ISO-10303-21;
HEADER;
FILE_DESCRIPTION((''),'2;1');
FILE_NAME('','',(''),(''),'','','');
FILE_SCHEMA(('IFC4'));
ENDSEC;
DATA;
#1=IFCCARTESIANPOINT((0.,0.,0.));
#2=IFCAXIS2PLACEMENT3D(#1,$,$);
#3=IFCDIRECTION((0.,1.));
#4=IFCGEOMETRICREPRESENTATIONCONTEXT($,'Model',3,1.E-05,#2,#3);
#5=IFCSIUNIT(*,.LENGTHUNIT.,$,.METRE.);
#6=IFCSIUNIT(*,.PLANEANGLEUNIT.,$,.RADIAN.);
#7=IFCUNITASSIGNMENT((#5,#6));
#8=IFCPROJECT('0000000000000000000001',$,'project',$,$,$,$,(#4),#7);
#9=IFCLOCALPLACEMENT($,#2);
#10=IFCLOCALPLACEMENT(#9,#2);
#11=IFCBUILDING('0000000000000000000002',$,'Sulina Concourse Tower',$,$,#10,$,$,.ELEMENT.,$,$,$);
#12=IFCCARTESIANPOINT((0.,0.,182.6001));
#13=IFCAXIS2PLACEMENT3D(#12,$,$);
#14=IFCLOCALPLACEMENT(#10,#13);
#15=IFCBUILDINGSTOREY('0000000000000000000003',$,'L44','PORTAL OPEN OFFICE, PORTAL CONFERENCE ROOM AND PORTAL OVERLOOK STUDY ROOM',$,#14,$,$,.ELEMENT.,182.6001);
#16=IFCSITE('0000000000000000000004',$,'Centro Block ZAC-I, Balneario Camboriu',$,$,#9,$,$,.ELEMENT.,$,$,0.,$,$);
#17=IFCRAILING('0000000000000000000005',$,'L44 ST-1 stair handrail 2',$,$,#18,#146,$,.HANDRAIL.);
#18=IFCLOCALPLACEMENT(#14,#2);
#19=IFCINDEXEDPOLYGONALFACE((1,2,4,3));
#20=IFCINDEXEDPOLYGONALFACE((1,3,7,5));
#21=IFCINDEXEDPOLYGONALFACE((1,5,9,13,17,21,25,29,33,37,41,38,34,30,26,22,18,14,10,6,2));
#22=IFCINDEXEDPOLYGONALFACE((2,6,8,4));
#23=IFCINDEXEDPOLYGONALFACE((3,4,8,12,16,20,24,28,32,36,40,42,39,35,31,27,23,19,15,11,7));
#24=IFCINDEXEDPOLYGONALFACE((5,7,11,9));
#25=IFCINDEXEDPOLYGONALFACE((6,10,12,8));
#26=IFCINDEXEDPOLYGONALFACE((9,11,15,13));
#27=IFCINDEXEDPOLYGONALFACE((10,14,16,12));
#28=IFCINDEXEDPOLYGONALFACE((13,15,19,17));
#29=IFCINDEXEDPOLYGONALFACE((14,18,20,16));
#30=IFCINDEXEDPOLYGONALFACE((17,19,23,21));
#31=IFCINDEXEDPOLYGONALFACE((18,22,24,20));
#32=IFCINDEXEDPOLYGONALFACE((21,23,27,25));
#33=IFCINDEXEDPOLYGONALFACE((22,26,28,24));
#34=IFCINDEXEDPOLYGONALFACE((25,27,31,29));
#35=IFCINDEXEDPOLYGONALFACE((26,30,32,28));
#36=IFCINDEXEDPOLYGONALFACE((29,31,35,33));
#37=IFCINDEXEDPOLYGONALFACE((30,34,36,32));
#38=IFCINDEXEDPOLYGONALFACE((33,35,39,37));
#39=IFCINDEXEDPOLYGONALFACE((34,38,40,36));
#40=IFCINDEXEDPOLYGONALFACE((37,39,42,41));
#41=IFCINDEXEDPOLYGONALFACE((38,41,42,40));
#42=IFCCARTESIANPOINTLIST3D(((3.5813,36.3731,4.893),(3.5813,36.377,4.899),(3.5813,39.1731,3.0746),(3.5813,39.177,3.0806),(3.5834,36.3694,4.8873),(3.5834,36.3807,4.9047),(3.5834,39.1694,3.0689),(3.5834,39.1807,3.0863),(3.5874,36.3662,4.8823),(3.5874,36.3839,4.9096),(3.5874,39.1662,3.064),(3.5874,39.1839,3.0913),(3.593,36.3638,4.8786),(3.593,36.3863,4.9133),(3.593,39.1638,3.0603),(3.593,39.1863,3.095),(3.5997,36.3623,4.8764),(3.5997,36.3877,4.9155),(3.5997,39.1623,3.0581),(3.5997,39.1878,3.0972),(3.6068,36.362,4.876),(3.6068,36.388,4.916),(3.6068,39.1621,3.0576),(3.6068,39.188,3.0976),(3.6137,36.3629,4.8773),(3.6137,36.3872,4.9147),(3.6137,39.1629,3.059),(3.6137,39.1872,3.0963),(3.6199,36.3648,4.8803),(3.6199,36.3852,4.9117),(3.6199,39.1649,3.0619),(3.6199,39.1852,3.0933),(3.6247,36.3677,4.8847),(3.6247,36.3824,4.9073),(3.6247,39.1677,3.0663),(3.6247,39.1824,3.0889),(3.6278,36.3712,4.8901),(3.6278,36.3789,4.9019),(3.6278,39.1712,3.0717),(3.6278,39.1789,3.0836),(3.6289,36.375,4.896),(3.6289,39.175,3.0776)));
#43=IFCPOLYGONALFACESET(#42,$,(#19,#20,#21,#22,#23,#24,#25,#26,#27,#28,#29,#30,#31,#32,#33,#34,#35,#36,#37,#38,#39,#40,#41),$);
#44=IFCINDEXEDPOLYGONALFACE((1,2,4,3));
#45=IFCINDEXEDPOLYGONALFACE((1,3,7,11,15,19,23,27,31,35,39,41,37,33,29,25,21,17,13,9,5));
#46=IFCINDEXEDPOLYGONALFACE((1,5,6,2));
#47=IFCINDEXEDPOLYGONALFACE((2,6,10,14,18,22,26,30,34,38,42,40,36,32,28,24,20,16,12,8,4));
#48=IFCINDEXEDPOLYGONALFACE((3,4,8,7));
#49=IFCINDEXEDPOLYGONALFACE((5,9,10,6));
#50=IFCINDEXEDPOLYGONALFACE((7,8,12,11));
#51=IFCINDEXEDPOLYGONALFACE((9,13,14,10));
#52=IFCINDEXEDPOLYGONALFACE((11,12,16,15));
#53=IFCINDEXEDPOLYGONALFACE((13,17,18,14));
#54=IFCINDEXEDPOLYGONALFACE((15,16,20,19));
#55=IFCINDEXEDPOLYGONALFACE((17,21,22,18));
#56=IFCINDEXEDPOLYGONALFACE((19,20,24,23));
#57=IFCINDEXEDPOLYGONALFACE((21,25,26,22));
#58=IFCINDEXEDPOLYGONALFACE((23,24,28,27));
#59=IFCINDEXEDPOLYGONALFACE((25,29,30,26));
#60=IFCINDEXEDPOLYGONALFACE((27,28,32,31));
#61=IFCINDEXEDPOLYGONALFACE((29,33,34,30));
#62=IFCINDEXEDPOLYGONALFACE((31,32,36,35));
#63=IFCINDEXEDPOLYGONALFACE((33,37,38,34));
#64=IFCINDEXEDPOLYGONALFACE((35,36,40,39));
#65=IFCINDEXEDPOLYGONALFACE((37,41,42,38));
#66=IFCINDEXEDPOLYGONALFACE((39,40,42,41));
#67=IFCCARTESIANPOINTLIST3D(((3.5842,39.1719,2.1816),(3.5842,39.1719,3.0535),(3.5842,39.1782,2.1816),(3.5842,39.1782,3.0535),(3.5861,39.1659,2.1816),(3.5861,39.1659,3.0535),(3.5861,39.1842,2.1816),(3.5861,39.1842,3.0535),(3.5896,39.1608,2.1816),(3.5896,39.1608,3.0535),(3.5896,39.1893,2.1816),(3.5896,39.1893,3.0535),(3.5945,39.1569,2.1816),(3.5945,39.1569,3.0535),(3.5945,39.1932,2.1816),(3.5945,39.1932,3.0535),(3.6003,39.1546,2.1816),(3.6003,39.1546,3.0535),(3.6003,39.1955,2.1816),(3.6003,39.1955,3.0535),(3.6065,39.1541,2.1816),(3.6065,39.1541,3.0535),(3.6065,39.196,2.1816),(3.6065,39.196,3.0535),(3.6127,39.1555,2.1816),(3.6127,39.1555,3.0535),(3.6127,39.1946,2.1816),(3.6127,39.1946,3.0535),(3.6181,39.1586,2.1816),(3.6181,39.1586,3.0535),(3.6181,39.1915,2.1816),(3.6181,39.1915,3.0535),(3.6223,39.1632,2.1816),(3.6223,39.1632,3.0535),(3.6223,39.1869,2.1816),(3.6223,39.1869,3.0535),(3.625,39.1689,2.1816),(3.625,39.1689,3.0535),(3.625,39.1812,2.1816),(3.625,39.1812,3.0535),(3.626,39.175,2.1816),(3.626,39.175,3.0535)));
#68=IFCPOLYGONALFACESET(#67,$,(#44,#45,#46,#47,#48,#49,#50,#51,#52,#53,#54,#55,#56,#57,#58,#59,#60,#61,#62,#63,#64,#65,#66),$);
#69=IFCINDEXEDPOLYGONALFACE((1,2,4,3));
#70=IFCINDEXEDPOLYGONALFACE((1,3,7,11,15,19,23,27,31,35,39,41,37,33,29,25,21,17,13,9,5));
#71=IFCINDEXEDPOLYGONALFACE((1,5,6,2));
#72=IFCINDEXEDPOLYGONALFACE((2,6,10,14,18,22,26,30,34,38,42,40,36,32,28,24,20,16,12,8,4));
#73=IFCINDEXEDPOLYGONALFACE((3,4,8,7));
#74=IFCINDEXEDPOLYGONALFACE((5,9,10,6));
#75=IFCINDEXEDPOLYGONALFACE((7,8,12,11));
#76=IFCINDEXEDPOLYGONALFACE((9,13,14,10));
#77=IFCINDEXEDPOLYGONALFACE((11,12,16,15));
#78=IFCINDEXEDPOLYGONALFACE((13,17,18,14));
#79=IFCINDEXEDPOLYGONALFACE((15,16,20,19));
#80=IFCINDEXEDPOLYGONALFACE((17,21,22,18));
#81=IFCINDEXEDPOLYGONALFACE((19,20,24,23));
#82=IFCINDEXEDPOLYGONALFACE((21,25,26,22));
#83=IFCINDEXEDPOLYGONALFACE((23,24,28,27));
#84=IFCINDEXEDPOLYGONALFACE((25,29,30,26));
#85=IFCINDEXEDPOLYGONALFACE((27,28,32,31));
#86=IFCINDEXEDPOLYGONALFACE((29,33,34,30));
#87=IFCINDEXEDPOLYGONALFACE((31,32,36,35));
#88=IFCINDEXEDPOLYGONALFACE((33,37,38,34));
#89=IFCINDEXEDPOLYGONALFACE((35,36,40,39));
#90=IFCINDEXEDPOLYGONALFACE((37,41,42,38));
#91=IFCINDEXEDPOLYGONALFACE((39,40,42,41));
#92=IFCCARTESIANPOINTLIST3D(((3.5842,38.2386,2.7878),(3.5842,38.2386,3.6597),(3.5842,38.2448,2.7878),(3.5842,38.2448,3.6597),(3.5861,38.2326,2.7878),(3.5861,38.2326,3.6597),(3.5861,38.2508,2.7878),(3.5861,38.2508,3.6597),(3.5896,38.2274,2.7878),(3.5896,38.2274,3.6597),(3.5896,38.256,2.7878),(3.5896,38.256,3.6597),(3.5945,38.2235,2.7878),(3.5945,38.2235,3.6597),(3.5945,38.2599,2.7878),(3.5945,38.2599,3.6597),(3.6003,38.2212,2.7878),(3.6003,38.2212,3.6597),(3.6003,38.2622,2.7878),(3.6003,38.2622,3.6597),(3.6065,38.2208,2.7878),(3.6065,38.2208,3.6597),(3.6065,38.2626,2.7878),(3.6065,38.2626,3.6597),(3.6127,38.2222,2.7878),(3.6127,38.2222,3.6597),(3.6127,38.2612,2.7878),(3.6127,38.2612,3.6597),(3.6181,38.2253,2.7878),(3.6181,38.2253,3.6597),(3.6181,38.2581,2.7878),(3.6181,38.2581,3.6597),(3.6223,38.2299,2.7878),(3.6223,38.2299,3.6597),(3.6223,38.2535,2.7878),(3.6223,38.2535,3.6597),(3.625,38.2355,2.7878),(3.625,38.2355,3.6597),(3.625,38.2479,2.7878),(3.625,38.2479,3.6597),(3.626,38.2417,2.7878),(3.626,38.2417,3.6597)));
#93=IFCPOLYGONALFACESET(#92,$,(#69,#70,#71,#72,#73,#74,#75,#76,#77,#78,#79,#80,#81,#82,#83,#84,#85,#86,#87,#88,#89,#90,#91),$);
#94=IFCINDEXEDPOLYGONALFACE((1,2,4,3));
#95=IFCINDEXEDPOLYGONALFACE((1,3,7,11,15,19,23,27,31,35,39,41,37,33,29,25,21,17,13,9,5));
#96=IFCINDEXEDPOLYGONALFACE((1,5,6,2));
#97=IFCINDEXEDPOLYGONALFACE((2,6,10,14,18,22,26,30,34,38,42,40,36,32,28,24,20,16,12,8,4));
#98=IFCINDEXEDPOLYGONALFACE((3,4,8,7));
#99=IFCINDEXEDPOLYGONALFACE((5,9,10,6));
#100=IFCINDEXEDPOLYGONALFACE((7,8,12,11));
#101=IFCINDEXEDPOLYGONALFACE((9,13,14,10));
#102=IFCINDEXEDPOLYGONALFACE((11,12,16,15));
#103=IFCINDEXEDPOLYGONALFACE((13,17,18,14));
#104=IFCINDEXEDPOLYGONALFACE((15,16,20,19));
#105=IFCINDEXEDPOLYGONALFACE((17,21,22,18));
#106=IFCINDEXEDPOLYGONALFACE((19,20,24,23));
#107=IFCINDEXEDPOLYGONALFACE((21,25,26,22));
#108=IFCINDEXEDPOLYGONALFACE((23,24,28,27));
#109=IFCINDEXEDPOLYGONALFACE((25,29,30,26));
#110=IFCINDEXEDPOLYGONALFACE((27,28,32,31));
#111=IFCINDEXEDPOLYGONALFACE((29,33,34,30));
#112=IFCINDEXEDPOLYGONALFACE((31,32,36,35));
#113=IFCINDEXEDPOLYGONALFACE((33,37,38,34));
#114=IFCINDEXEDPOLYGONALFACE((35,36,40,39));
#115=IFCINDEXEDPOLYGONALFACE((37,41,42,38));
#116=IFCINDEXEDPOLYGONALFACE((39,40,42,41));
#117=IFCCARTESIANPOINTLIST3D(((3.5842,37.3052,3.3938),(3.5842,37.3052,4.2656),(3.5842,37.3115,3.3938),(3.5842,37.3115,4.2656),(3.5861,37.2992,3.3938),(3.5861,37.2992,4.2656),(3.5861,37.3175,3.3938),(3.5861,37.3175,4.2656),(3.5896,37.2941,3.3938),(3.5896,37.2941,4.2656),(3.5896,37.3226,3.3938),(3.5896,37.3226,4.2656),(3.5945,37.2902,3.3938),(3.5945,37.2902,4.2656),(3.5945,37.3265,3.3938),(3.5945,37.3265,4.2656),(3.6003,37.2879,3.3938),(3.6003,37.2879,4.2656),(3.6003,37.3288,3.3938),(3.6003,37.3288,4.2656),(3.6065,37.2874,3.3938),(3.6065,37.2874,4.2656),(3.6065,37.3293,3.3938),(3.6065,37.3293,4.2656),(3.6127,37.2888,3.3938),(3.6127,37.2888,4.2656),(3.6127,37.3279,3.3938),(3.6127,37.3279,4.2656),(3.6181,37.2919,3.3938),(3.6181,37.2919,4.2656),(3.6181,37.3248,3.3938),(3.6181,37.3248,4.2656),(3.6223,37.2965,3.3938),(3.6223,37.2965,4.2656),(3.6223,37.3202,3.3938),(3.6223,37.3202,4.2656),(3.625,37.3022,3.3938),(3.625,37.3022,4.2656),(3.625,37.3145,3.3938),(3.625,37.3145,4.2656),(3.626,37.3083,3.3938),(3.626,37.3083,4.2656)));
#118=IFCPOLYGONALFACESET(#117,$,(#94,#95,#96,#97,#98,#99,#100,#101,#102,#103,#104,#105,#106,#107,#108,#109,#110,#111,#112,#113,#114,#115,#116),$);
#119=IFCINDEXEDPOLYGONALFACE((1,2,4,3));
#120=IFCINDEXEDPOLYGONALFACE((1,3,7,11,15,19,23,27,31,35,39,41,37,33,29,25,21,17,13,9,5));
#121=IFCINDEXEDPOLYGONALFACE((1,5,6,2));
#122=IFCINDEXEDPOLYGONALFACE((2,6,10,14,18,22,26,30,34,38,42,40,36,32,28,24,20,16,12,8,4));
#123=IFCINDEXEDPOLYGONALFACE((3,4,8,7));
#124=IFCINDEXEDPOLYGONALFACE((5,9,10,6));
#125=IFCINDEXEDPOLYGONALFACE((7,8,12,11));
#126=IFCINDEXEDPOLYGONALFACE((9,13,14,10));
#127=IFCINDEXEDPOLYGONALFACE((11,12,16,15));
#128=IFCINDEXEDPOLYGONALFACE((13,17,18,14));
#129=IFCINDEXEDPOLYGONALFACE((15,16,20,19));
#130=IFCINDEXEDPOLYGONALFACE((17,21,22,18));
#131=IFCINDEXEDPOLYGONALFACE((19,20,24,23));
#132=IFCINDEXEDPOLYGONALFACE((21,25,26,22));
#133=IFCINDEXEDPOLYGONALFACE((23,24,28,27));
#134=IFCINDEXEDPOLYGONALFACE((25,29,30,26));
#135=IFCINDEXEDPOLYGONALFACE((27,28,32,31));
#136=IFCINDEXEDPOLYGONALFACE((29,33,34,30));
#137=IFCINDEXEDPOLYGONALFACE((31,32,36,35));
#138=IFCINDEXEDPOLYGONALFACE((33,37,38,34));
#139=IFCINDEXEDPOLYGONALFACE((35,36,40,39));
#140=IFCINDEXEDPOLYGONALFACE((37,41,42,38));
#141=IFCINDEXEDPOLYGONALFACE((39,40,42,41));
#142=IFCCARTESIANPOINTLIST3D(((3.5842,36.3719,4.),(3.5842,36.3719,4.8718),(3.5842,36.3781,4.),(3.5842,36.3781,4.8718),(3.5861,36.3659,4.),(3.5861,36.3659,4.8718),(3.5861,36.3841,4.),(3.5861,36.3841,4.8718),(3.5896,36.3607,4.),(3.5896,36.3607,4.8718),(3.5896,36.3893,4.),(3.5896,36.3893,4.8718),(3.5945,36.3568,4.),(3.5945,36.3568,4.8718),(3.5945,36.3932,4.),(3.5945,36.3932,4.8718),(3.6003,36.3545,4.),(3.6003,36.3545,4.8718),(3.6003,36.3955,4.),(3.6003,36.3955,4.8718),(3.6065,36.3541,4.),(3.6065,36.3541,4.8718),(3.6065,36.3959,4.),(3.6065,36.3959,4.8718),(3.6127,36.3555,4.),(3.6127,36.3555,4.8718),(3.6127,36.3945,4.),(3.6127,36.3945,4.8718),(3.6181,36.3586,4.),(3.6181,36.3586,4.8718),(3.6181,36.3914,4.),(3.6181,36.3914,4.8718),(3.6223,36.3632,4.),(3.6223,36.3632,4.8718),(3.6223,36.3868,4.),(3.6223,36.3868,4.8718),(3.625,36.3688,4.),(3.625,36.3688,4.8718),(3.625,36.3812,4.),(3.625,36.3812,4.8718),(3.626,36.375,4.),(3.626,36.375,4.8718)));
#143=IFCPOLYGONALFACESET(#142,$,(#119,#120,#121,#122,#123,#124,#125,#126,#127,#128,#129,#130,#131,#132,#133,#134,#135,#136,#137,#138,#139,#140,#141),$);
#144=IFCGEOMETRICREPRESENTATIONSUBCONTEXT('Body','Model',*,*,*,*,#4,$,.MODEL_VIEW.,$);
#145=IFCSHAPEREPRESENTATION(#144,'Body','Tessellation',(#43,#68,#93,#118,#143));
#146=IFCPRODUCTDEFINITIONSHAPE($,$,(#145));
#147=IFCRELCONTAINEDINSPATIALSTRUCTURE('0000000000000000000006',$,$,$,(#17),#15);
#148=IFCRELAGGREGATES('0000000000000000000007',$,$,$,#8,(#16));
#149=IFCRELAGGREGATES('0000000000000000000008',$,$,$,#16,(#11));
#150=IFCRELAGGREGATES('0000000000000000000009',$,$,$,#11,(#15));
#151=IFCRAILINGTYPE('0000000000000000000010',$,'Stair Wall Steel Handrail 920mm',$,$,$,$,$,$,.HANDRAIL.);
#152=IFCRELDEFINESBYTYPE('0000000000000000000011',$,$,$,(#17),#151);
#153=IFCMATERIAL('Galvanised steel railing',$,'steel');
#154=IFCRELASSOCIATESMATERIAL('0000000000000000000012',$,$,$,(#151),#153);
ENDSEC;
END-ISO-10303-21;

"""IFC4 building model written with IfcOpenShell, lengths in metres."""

from ifc_helpers import new_model, si_unit, direction, frame, origin, origin_2d, place, context, subcontext, project, spatial, circle, extrude, material, type_object, element, save


model = new_model("IFC4")

# Units and contexts
model_context = context("Model", 3, precision=1e-05, world=origin(), true_north=direction((0.0, 1.0)))
body_context = subcontext(model_context, "Body", "Model", "MODEL_VIEW")
ifc_project = project(units=[si_unit("LENGTHUNIT", "METRE"), si_unit("PLANEANGLEUNIT", "RADIAN")], contexts=[model_context])

# Site, building, storey
site_placement = place(None, origin())
site = spatial("IfcSite", under=ifc_project, at=site_placement, Name="Centro Block ZAC-I, Balneario Camboriu", CompositionType="ELEMENT", RefElevation=0.0)
building_placement = place(site_placement, origin())
building = spatial("IfcBuilding", under=site, at=building_placement, Name="Sulina Concourse Tower", CompositionType="ELEMENT")
storey_placement = place(building_placement, frame((0.0, 0.0, 182.6001)))
storey = spatial("IfcBuildingStorey", under=building, at=storey_placement, Name="L44", Description="PORTAL OPEN OFFICE, PORTAL CONFERENCE ROOM AND PORTAL OVERLOOK STUDY ROOM", CompositionType="ELEMENT", Elevation=182.6001)

# Railing
ifc_material_1 = material(Name="Galvanised steel railing", Category="steel")
railing_type_1 = type_object("IfcRailingType", Name="Stair Wall Steel Handrail 920mm", PredefinedType="HANDRAIL", material=ifc_material_1)
railing_1_placement = place(storey_placement, frame((3.605, 39.175, 2.1816)))
element("IfcRailing", 1, at=railing_1_placement, inside=storey, type_object=railing_type_1, Name="L44 ST-1 stair handrail 2", PredefinedType="HANDRAIL", context=body_context, shape_type="SweptSolid", body=[
    extrude(circle(Radius=0.0239, at=origin_2d()), frame((0.0, 0.0, 0.896), z_axis=(0.0, -0.838672, 0.544636), x_axis=(1.0, 0.0, 0.0)), (0.0, 0.0, 1.0), 3.3386),
    extrude(circle(Radius=0.021, at=origin_2d()), origin(), (0.0, 0.0, 1.0), 0.8718),
    extrude(circle(Radius=0.021, at=origin_2d()), frame((0.0, -0.9333, 0.6062)), (0.0, 0.0, 1.0), 0.8718),
    extrude(circle(Radius=0.021, at=origin_2d()), frame((0.0, -1.8667, 1.2122)), (0.0, 0.0, 1.0), 0.8718),
    extrude(circle(Radius=0.021, at=origin_2d()), frame((0.0, -2.8, 1.8184)), (0.0, 0.0, 1.0), 0.8718),
])

save(model, "model.ifc")
